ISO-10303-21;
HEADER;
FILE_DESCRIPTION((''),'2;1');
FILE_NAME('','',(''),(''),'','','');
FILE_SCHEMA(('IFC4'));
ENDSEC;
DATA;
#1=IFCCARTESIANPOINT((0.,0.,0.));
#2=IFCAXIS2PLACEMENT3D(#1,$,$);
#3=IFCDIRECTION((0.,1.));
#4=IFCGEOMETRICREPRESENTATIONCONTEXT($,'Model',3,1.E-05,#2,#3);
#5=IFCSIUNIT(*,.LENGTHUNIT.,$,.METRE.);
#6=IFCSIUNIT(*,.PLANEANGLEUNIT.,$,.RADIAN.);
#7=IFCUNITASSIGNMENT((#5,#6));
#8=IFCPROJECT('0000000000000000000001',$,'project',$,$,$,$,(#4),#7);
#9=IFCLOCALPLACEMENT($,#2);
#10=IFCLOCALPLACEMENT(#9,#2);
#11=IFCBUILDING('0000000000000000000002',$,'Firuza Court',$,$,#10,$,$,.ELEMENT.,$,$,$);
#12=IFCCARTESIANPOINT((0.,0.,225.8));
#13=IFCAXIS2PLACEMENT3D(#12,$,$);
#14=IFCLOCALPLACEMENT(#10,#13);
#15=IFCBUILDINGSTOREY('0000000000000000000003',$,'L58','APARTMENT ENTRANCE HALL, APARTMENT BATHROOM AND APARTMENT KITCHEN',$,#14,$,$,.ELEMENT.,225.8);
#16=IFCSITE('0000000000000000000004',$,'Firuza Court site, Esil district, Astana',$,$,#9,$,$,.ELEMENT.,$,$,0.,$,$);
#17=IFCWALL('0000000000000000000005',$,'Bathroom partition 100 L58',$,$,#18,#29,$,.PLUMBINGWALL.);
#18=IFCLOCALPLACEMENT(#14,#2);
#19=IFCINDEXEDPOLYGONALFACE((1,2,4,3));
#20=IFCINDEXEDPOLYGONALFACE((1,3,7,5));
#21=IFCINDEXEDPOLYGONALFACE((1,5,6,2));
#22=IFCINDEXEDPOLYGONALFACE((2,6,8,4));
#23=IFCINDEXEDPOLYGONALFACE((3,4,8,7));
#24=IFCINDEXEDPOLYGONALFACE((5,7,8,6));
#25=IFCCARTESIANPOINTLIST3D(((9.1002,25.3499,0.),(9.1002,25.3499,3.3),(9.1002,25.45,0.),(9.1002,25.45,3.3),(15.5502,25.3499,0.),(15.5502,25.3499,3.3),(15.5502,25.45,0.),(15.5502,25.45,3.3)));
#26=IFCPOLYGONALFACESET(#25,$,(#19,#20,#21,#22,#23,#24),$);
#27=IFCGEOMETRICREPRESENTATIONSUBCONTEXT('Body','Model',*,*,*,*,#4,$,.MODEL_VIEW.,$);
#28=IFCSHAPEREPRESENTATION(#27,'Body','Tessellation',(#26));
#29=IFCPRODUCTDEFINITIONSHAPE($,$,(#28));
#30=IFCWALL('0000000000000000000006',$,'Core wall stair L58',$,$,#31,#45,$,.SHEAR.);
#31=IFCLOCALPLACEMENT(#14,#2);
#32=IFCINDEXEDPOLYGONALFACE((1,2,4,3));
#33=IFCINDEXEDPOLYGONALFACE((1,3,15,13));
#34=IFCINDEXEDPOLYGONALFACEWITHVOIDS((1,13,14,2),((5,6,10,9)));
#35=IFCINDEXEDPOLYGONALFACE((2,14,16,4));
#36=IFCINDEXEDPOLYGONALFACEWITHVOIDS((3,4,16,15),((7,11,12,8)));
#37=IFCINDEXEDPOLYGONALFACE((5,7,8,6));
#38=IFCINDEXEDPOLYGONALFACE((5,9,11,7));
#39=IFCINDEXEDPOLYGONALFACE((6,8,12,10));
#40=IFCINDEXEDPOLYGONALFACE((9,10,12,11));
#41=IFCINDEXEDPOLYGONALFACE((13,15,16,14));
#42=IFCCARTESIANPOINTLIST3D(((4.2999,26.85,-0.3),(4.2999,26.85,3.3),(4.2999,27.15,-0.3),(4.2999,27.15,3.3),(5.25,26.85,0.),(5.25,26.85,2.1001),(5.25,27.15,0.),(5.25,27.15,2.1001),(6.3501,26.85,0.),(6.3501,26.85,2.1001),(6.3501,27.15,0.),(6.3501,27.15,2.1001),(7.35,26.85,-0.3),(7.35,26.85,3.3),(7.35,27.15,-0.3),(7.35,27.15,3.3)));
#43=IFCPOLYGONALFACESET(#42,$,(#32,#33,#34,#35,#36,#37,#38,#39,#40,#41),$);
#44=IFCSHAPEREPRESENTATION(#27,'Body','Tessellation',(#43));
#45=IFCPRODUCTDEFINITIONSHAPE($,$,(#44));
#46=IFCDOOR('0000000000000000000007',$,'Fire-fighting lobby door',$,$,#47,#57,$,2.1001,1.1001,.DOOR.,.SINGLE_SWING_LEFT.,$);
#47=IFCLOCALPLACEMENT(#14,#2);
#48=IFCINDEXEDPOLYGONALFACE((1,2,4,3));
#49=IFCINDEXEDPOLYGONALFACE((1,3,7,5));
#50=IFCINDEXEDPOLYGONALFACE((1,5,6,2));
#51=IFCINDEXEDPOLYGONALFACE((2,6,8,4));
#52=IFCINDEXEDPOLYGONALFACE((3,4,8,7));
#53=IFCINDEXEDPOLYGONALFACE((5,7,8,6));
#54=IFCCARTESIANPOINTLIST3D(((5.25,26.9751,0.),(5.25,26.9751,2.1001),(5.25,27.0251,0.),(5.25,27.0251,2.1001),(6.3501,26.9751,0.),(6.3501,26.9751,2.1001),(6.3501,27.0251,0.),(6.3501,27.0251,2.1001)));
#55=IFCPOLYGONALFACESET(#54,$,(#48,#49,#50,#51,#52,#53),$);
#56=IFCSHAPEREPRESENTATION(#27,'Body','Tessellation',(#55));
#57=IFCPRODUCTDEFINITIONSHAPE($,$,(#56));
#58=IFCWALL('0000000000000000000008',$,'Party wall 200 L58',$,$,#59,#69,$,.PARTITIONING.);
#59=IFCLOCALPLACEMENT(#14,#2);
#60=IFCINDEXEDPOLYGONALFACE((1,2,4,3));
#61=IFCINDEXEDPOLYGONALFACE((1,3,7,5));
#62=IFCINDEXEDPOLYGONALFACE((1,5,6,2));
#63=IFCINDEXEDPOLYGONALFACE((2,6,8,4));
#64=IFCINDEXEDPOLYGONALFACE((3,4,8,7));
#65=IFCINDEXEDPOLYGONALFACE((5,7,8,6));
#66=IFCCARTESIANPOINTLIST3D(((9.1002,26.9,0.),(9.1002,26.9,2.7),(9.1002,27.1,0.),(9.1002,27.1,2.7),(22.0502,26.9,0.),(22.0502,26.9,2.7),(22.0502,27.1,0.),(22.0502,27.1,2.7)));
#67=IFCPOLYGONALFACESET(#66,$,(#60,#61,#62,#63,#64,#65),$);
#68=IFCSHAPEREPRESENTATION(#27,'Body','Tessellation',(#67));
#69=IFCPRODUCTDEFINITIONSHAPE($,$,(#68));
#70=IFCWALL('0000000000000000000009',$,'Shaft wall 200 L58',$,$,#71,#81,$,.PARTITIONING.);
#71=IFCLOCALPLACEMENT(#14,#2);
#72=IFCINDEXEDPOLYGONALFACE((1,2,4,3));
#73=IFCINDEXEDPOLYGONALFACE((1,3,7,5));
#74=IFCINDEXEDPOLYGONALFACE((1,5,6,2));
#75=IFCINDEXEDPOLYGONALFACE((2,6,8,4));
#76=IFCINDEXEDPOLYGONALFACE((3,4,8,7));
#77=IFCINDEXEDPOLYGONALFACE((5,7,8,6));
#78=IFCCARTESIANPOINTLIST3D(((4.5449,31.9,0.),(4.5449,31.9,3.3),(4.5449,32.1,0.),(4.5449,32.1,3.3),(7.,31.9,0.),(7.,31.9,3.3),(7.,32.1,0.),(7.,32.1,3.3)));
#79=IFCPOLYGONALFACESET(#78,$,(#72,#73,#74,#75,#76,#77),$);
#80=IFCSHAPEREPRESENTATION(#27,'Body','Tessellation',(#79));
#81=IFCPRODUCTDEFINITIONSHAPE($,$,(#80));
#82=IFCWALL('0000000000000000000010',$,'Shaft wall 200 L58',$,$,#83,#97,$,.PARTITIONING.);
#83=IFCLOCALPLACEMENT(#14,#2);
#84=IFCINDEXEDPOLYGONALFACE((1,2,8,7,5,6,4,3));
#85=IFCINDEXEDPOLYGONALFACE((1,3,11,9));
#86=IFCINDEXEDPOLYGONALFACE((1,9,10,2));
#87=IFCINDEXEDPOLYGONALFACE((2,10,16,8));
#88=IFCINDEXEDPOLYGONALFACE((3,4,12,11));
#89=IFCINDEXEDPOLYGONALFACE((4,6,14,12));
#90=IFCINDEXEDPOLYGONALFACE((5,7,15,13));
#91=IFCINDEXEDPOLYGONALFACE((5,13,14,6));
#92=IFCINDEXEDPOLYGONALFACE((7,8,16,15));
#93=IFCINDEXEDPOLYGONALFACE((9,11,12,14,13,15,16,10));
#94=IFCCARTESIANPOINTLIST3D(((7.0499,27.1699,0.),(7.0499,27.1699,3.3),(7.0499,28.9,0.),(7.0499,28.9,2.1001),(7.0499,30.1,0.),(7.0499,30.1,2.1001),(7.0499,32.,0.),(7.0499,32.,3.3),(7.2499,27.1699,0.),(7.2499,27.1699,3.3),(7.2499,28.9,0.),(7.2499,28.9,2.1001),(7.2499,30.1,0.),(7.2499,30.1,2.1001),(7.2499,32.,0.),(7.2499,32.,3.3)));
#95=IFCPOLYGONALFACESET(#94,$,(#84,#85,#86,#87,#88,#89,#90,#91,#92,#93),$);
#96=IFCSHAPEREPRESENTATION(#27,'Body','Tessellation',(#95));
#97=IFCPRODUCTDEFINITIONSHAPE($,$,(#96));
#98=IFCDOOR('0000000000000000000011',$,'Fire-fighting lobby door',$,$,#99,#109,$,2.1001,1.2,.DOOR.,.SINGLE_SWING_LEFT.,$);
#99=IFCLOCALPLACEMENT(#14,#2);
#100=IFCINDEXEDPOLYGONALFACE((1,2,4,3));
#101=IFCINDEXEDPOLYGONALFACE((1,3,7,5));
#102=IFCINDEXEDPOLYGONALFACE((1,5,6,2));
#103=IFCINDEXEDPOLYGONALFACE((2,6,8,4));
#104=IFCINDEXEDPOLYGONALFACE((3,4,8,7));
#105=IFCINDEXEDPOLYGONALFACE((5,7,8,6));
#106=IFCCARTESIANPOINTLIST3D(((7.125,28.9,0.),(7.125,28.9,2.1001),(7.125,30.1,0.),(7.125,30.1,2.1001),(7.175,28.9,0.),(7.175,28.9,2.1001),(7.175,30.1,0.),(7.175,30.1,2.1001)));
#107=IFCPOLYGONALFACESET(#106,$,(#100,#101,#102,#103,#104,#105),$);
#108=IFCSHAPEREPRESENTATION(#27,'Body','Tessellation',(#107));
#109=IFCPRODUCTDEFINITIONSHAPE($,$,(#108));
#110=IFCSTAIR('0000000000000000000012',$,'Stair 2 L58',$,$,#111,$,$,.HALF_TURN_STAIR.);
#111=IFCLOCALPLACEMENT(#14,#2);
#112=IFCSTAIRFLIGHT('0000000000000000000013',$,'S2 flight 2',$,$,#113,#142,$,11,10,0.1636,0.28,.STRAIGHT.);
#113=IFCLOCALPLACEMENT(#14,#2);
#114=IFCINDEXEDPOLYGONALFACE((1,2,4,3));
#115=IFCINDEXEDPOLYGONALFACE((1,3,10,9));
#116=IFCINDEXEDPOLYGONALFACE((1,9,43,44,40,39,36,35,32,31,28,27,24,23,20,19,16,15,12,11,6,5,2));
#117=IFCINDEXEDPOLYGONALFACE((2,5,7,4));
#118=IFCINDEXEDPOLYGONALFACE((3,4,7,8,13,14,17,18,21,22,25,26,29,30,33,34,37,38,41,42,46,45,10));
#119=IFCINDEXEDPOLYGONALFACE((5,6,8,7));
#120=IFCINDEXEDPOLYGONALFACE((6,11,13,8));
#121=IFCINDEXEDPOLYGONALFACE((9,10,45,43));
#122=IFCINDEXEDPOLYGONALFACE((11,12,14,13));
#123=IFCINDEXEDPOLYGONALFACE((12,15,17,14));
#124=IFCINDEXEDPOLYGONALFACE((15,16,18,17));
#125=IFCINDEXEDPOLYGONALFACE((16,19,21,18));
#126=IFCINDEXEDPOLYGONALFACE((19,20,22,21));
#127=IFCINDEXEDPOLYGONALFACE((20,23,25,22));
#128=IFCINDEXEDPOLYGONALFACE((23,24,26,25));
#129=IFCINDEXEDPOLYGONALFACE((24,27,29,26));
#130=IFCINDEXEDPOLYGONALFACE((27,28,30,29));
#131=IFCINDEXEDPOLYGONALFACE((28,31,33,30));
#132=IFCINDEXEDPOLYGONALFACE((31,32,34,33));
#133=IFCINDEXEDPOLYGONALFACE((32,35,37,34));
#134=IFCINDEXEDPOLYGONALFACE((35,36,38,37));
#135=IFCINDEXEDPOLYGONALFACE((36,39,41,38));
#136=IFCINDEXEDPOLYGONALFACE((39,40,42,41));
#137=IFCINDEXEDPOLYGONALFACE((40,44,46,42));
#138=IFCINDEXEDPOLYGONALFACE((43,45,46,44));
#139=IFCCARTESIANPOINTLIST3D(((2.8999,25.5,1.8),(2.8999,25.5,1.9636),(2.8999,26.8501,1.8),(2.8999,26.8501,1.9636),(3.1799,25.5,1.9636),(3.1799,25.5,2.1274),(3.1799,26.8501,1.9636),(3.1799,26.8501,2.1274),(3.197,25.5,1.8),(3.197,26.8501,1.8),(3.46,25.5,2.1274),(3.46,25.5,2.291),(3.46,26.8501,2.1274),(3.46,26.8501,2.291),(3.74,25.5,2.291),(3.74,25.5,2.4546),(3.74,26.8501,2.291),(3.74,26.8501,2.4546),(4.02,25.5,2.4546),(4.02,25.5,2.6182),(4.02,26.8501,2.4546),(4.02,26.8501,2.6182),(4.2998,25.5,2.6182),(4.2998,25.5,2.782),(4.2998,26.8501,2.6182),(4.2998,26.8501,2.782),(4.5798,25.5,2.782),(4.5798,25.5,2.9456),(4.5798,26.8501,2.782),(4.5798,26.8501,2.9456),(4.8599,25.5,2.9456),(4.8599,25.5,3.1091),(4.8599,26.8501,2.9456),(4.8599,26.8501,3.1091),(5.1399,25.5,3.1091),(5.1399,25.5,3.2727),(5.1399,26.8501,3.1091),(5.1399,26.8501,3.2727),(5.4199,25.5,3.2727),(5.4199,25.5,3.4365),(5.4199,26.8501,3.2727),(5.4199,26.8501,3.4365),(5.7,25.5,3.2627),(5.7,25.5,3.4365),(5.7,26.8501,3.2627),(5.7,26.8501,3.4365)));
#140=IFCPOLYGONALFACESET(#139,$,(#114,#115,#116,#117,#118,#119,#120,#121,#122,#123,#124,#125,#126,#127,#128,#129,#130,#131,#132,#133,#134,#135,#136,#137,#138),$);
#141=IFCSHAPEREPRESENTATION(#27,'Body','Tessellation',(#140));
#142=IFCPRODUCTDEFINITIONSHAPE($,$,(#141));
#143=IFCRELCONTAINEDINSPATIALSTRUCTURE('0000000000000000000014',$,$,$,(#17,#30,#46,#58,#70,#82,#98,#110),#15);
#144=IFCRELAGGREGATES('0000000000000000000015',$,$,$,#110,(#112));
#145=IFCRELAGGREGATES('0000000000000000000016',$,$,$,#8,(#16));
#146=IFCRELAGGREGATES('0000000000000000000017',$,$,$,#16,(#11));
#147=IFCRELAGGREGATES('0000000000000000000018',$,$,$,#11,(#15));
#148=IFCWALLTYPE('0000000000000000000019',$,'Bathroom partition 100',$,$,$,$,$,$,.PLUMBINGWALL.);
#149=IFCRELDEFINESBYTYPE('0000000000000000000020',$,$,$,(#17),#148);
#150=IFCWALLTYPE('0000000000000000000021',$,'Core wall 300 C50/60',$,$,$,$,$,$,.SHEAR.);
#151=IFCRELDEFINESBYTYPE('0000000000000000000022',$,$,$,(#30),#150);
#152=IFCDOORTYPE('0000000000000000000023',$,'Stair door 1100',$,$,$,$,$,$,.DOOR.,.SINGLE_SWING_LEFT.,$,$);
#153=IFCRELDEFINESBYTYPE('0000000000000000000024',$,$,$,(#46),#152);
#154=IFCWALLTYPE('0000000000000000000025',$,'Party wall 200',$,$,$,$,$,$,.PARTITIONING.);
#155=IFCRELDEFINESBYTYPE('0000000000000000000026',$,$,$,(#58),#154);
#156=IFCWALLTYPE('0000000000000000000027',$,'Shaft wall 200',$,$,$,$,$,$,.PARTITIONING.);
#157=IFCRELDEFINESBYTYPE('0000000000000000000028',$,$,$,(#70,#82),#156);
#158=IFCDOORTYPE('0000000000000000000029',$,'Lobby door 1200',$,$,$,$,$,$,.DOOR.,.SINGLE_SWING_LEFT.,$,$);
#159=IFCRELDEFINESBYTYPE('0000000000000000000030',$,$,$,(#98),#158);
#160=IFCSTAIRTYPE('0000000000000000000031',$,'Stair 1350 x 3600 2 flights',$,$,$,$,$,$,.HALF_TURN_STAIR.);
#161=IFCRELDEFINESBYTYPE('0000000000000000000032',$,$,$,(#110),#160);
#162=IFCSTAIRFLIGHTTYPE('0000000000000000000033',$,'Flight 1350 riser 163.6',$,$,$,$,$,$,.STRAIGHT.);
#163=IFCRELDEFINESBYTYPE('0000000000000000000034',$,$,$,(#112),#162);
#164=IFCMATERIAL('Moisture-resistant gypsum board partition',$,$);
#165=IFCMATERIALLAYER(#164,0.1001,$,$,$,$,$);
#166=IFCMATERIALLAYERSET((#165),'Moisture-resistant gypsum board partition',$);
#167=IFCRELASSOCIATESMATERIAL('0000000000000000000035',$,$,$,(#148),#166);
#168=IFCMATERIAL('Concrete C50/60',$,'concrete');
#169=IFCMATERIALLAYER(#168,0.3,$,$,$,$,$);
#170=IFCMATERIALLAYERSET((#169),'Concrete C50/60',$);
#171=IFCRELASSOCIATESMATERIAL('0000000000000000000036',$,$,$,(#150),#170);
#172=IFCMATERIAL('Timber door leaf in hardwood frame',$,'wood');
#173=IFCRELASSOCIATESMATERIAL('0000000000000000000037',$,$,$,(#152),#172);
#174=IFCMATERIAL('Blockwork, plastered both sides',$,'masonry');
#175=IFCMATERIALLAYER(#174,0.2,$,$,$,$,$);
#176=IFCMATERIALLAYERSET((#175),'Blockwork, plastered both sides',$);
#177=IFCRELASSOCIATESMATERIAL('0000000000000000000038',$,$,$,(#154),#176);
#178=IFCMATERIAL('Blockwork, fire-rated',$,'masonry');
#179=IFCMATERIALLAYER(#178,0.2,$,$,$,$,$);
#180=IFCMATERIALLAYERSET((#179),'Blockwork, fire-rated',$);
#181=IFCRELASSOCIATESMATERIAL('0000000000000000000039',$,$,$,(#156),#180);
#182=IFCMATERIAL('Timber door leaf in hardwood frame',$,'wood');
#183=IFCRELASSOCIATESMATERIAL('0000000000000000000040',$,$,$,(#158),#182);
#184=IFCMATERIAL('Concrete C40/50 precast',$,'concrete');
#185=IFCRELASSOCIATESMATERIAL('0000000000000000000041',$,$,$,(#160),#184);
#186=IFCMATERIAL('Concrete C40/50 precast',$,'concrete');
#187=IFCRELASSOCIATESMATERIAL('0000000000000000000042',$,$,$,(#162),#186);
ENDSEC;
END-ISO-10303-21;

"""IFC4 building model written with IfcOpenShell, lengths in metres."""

from ifc_helpers import new_model, si_unit, direction, frame, frame_2d, origin, place, context, subcontext, project, spatial, polyline, rectangle, outline, extrude, material, layer, layer_set, type_object, element, fill, aggregate, save


model = new_model("IFC4")

# Units and contexts
model_context = context("Model", 3, precision=1e-05, world=origin(), true_north=direction((0.0, 1.0)))
body_context = subcontext(model_context, "Body", "Model", "MODEL_VIEW")
ifc_project = project(units=[si_unit("LENGTHUNIT", "METRE"), si_unit("PLANEANGLEUNIT", "RADIAN")], contexts=[model_context])

# Site, building, storey
site_placement = place(None, origin())
site = spatial("IfcSite", under=ifc_project, at=site_placement, Name="Firuza Court site, Esil district, Astana", CompositionType="ELEMENT", RefElevation=0.0)
building_placement = place(site_placement, origin())
building = spatial("IfcBuilding", under=site, at=building_placement, Name="Firuza Court", CompositionType="ELEMENT")
storey_placement = place(building_placement, frame((0.0, 0.0, 225.8)))
storey = spatial("IfcBuildingStorey", under=building, at=storey_placement, Name="L58", Description="APARTMENT ENTRANCE HALL, APARTMENT BATHROOM AND APARTMENT KITCHEN", CompositionType="ELEMENT", Elevation=225.8)

# Wall
ifc_material_1 = material(Name="Moisture-resistant gypsum board partition")
ifc_layer_1 = layer(ifc_material_1, 0.1001)
ifc_layer_set_1 = layer_set([ifc_layer_1], Name="Moisture-resistant gypsum board partition")
wall_type_1 = type_object("IfcWallType", Name="Bathroom partition 100", PredefinedType="PLUMBINGWALL", material=ifc_layer_set_1)
wall_1_placement = place(storey_placement, frame((9.1001, 25.3999, 0.0), z_axis=(0.0, 0.0, 1.0), x_axis=(1.0, 0.0, 0.0)))
element("IfcWall", 1, at=wall_1_placement, inside=storey, type_object=wall_type_1, Name="Bathroom partition 100 L58", PredefinedType="PLUMBINGWALL", context=body_context, shape_type="SweptSolid", body=[
    extrude(rectangle(XDim=6.45, YDim=0.1001, at=frame_2d((3.2251, 0.0))), origin(), (0.0, 0.0, 1.0), 3.3),
])

# Wall, opening, door
ifc_material_2 = material(Name="Concrete C50/60", Category="concrete")
ifc_layer_2 = layer(ifc_material_2, 0.3)
ifc_layer_set_2 = layer_set([ifc_layer_2], Name="Concrete C50/60")
wall_type_2 = type_object("IfcWallType", Name="Core wall 300 C50/60", PredefinedType="SHEAR", material=ifc_layer_set_2)
wall_2_placement = place(storey_placement, frame((4.3, 27.0, -0.3), z_axis=(0.0, 0.0, 1.0), x_axis=(1.0, 0.0, 0.0)))
wall_2 = element("IfcWall", 2, at=wall_2_placement, inside=storey, type_object=wall_type_2, Name="Core wall stair L58", PredefinedType="SHEAR", context=body_context, shape_type="SweptSolid", body=[
    extrude(rectangle(XDim=3.05, YDim=0.3, at=frame_2d((1.5249, 0.0))), origin(), (0.0, 0.0, 1.0), 3.6001),
])
opening_1_placement = place(wall_2_placement, frame((0.95, 0.0, 0.3)))
opening_1 = element("IfcOpeningElement", 3, at=opening_1_placement, cuts=wall_2, PredefinedType="OPENING", context=body_context, shape_type="SweptSolid", body=[
    extrude(rectangle(XDim=1.1001, YDim=2.1001, at=frame_2d((0.55, 1.05))), frame((0.0, 0.1621, 0.0), z_axis=(0.0, -1.0, 0.0), x_axis=(1.0, 0.0, 0.0)), (0.0, 0.0, 1.0), 0.324),
])
ifc_material_3 = material(Name="Timber door leaf in hardwood frame", Category="wood")
door_type_1 = type_object("IfcDoorType", Name="Stair door 1100", OperationType="SINGLE_SWING_LEFT", PredefinedType="DOOR", material=ifc_material_3)
door_1_placement = place(opening_1_placement, frame((1.1001, 0.0, 0.0), z_axis=(0.0, 0.0, 1.0), x_axis=(-1.0, 0.0, 0.0)))
door_1 = element("IfcDoor", 4, at=door_1_placement, inside=storey, type_object=door_type_1, Name="Fire-fighting lobby door", OperationType="SINGLE_SWING_LEFT", OverallHeight=2.1001, OverallWidth=1.1001, PredefinedType="DOOR", context=body_context, shape_type="SweptSolid", body=[
    extrude(rectangle(XDim=1.1001, YDim=2.1001, at=frame_2d((0.55, 1.05))), frame((0.0, 0.0249, 0.0), z_axis=(0.0, -1.0, 0.0), x_axis=(1.0, 0.0, 0.0)), (0.0, 0.0, 1.0), 0.05),
])
fill(opening_1, door_1)

# Walls
ifc_material_4 = material(Name="Blockwork, plastered both sides", Category="masonry")
ifc_layer_3 = layer(ifc_material_4, 0.2)
ifc_layer_set_3 = layer_set([ifc_layer_3], Name="Blockwork, plastered both sides")
wall_type_3 = type_object("IfcWallType", Name="Party wall 200", PredefinedType="PARTITIONING", material=ifc_layer_set_3)
wall_3_placement = place(storey_placement, frame((9.1001, 27.0, 0.0), z_axis=(0.0, 0.0, 1.0), x_axis=(1.0, 0.0, 0.0)))
element("IfcWall", 5, at=wall_3_placement, inside=storey, type_object=wall_type_3, Name="Party wall 200 L58", PredefinedType="PARTITIONING", context=body_context, shape_type="SweptSolid", body=[
    extrude(rectangle(XDim=12.95, YDim=0.2, at=frame_2d((6.4751, 0.0))), origin(), (0.0, 0.0, 1.0), 2.7),
])
ifc_material_5 = material(Name="Blockwork, fire-rated", Category="masonry")
ifc_layer_4 = layer(ifc_material_5, 0.2)
ifc_layer_set_4 = layer_set([ifc_layer_4], Name="Blockwork, fire-rated")
wall_type_4 = type_object("IfcWallType", Name="Shaft wall 200", PredefinedType="PARTITIONING", material=ifc_layer_set_4)
wall_4_placement = place(storey_placement, frame((4.5449, 32.0, 0.0), z_axis=(0.0, 0.0, 1.0), x_axis=(1.0, 0.0, 0.0)))
element("IfcWall", 6, at=wall_4_placement, inside=storey, type_object=wall_type_4, Name="Shaft wall 200 L58", PredefinedType="PARTITIONING", context=body_context, shape_type="SweptSolid", body=[
    extrude(rectangle(XDim=2.4551, YDim=0.2, at=frame_2d((1.2275, 0.0))), origin(), (0.0, 0.0, 1.0), 3.3),
])

# Wall, opening, door
wall_5_placement = place(storey_placement, frame((7.1499, 27.1699, 0.0), z_axis=(0.0, 0.0, 1.0), x_axis=(0.0, 1.0, 0.0)))
wall_5 = element("IfcWall", 7, at=wall_5_placement, inside=storey, type_object=wall_type_4, Name="Shaft wall 200 L58", PredefinedType="PARTITIONING", context=body_context, shape_type="SweptSolid", body=[
    extrude(rectangle(XDim=4.8301, YDim=0.2, at=frame_2d((2.415, 0.0))), origin(), (0.0, 0.0, 1.0), 3.3),
])
opening_2_placement = place(wall_5_placement, frame((1.73, 0.0, 0.0)))
opening_2 = element("IfcOpeningElement", 8, at=opening_2_placement, cuts=wall_5, PredefinedType="OPENING", context=body_context, shape_type="SweptSolid", body=[
    extrude(rectangle(XDim=1.2, YDim=2.1001, at=frame_2d((0.6001, 1.05))), frame((0.0, 0.1118, 0.0), z_axis=(0.0, -1.0, 0.0), x_axis=(1.0, 0.0, 0.0)), (0.0, 0.0, 1.0), 0.2239),
])
ifc_material_6 = material(Name="Timber door leaf in hardwood frame", Category="wood")
door_type_2 = type_object("IfcDoorType", Name="Lobby door 1200", OperationType="SINGLE_SWING_LEFT", PredefinedType="DOOR", material=ifc_material_6)
door_2_placement = place(opening_2_placement, origin())
door_2 = element("IfcDoor", 9, at=door_2_placement, inside=storey, type_object=door_type_2, Name="Fire-fighting lobby door", OperationType="SINGLE_SWING_LEFT", OverallHeight=2.1001, OverallWidth=1.2, PredefinedType="DOOR", context=body_context, shape_type="SweptSolid", body=[
    extrude(rectangle(XDim=1.2, YDim=2.1001, at=frame_2d((0.6001, 1.05))), frame((0.0, 0.0249, 0.0), z_axis=(0.0, -1.0, 0.0), x_axis=(1.0, 0.0, 0.0)), (0.0, 0.0, 1.0), 0.05),
])
fill(opening_2, door_2)

# Stair, stair flight
ifc_material_7 = material(Name="Concrete C40/50 precast", Category="concrete")
stair_type = type_object("IfcStairType", Name="Stair 1350 x 3600 2 flights", PredefinedType="HALF_TURN_STAIR", material=ifc_material_7)
stair_placement = place(storey_placement, origin())
stair = element("IfcStair", 10, at=stair_placement, inside=storey, type_object=stair_type, Name="Stair 2 L58", PredefinedType="HALF_TURN_STAIR")
ifc_material_8 = material(Name="Concrete C40/50 precast", Category="concrete")
stair_flight_type = type_object("IfcStairFlightType", Name="Flight 1350 riser 163.6", PredefinedType="STRAIGHT", material=ifc_material_8)
stair_flight_placement = place(storey_placement, frame((2.8999, 26.175, 1.8), z_axis=(0.0, 0.0, 1.0), x_axis=(1.0, 0.0, 0.0)))
stair_flight = element("IfcStairFlight", 11, at=stair_flight_placement, type_object=stair_flight_type, Name="S2 flight 2", NumberOfRisers=11, NumberOfTreads=10, PredefinedType="STRAIGHT", RiserHeight=0.1636, TreadLength=0.28, context=body_context, shape_type="SweptSolid", body=[
    extrude(outline(polyline([(0.0, 0.0), (0.0, 0.1636), (0.28, 0.1636), (0.28, 0.3274), (0.5601, 0.3274), (0.5601, 0.491), (0.8401, 0.491), (0.8401, 0.6545), (1.1201, 0.6545), (1.1201, 0.8181), (1.3999, 0.8181), (1.3999, 0.9819), (1.6799, 0.9819), (1.6799, 1.1455), (1.96, 1.1455), (1.96, 1.3091), (2.24, 1.3091), (2.24, 1.4727), (2.52, 1.4727), (2.52, 1.6365), (2.8, 1.6365), (2.8, 1.8), (2.8, 1.4626), (0.2971, 0.0), (0.0, 0.0)])), frame((0.0, 0.675, 0.0), z_axis=(0.0, -1.0, 0.0), x_axis=(1.0, 0.0, 0.0)), (0.0, 0.0, 1.0), 1.3501),
])
aggregate(stair, [stair_flight])

save(model, "model.ifc")
